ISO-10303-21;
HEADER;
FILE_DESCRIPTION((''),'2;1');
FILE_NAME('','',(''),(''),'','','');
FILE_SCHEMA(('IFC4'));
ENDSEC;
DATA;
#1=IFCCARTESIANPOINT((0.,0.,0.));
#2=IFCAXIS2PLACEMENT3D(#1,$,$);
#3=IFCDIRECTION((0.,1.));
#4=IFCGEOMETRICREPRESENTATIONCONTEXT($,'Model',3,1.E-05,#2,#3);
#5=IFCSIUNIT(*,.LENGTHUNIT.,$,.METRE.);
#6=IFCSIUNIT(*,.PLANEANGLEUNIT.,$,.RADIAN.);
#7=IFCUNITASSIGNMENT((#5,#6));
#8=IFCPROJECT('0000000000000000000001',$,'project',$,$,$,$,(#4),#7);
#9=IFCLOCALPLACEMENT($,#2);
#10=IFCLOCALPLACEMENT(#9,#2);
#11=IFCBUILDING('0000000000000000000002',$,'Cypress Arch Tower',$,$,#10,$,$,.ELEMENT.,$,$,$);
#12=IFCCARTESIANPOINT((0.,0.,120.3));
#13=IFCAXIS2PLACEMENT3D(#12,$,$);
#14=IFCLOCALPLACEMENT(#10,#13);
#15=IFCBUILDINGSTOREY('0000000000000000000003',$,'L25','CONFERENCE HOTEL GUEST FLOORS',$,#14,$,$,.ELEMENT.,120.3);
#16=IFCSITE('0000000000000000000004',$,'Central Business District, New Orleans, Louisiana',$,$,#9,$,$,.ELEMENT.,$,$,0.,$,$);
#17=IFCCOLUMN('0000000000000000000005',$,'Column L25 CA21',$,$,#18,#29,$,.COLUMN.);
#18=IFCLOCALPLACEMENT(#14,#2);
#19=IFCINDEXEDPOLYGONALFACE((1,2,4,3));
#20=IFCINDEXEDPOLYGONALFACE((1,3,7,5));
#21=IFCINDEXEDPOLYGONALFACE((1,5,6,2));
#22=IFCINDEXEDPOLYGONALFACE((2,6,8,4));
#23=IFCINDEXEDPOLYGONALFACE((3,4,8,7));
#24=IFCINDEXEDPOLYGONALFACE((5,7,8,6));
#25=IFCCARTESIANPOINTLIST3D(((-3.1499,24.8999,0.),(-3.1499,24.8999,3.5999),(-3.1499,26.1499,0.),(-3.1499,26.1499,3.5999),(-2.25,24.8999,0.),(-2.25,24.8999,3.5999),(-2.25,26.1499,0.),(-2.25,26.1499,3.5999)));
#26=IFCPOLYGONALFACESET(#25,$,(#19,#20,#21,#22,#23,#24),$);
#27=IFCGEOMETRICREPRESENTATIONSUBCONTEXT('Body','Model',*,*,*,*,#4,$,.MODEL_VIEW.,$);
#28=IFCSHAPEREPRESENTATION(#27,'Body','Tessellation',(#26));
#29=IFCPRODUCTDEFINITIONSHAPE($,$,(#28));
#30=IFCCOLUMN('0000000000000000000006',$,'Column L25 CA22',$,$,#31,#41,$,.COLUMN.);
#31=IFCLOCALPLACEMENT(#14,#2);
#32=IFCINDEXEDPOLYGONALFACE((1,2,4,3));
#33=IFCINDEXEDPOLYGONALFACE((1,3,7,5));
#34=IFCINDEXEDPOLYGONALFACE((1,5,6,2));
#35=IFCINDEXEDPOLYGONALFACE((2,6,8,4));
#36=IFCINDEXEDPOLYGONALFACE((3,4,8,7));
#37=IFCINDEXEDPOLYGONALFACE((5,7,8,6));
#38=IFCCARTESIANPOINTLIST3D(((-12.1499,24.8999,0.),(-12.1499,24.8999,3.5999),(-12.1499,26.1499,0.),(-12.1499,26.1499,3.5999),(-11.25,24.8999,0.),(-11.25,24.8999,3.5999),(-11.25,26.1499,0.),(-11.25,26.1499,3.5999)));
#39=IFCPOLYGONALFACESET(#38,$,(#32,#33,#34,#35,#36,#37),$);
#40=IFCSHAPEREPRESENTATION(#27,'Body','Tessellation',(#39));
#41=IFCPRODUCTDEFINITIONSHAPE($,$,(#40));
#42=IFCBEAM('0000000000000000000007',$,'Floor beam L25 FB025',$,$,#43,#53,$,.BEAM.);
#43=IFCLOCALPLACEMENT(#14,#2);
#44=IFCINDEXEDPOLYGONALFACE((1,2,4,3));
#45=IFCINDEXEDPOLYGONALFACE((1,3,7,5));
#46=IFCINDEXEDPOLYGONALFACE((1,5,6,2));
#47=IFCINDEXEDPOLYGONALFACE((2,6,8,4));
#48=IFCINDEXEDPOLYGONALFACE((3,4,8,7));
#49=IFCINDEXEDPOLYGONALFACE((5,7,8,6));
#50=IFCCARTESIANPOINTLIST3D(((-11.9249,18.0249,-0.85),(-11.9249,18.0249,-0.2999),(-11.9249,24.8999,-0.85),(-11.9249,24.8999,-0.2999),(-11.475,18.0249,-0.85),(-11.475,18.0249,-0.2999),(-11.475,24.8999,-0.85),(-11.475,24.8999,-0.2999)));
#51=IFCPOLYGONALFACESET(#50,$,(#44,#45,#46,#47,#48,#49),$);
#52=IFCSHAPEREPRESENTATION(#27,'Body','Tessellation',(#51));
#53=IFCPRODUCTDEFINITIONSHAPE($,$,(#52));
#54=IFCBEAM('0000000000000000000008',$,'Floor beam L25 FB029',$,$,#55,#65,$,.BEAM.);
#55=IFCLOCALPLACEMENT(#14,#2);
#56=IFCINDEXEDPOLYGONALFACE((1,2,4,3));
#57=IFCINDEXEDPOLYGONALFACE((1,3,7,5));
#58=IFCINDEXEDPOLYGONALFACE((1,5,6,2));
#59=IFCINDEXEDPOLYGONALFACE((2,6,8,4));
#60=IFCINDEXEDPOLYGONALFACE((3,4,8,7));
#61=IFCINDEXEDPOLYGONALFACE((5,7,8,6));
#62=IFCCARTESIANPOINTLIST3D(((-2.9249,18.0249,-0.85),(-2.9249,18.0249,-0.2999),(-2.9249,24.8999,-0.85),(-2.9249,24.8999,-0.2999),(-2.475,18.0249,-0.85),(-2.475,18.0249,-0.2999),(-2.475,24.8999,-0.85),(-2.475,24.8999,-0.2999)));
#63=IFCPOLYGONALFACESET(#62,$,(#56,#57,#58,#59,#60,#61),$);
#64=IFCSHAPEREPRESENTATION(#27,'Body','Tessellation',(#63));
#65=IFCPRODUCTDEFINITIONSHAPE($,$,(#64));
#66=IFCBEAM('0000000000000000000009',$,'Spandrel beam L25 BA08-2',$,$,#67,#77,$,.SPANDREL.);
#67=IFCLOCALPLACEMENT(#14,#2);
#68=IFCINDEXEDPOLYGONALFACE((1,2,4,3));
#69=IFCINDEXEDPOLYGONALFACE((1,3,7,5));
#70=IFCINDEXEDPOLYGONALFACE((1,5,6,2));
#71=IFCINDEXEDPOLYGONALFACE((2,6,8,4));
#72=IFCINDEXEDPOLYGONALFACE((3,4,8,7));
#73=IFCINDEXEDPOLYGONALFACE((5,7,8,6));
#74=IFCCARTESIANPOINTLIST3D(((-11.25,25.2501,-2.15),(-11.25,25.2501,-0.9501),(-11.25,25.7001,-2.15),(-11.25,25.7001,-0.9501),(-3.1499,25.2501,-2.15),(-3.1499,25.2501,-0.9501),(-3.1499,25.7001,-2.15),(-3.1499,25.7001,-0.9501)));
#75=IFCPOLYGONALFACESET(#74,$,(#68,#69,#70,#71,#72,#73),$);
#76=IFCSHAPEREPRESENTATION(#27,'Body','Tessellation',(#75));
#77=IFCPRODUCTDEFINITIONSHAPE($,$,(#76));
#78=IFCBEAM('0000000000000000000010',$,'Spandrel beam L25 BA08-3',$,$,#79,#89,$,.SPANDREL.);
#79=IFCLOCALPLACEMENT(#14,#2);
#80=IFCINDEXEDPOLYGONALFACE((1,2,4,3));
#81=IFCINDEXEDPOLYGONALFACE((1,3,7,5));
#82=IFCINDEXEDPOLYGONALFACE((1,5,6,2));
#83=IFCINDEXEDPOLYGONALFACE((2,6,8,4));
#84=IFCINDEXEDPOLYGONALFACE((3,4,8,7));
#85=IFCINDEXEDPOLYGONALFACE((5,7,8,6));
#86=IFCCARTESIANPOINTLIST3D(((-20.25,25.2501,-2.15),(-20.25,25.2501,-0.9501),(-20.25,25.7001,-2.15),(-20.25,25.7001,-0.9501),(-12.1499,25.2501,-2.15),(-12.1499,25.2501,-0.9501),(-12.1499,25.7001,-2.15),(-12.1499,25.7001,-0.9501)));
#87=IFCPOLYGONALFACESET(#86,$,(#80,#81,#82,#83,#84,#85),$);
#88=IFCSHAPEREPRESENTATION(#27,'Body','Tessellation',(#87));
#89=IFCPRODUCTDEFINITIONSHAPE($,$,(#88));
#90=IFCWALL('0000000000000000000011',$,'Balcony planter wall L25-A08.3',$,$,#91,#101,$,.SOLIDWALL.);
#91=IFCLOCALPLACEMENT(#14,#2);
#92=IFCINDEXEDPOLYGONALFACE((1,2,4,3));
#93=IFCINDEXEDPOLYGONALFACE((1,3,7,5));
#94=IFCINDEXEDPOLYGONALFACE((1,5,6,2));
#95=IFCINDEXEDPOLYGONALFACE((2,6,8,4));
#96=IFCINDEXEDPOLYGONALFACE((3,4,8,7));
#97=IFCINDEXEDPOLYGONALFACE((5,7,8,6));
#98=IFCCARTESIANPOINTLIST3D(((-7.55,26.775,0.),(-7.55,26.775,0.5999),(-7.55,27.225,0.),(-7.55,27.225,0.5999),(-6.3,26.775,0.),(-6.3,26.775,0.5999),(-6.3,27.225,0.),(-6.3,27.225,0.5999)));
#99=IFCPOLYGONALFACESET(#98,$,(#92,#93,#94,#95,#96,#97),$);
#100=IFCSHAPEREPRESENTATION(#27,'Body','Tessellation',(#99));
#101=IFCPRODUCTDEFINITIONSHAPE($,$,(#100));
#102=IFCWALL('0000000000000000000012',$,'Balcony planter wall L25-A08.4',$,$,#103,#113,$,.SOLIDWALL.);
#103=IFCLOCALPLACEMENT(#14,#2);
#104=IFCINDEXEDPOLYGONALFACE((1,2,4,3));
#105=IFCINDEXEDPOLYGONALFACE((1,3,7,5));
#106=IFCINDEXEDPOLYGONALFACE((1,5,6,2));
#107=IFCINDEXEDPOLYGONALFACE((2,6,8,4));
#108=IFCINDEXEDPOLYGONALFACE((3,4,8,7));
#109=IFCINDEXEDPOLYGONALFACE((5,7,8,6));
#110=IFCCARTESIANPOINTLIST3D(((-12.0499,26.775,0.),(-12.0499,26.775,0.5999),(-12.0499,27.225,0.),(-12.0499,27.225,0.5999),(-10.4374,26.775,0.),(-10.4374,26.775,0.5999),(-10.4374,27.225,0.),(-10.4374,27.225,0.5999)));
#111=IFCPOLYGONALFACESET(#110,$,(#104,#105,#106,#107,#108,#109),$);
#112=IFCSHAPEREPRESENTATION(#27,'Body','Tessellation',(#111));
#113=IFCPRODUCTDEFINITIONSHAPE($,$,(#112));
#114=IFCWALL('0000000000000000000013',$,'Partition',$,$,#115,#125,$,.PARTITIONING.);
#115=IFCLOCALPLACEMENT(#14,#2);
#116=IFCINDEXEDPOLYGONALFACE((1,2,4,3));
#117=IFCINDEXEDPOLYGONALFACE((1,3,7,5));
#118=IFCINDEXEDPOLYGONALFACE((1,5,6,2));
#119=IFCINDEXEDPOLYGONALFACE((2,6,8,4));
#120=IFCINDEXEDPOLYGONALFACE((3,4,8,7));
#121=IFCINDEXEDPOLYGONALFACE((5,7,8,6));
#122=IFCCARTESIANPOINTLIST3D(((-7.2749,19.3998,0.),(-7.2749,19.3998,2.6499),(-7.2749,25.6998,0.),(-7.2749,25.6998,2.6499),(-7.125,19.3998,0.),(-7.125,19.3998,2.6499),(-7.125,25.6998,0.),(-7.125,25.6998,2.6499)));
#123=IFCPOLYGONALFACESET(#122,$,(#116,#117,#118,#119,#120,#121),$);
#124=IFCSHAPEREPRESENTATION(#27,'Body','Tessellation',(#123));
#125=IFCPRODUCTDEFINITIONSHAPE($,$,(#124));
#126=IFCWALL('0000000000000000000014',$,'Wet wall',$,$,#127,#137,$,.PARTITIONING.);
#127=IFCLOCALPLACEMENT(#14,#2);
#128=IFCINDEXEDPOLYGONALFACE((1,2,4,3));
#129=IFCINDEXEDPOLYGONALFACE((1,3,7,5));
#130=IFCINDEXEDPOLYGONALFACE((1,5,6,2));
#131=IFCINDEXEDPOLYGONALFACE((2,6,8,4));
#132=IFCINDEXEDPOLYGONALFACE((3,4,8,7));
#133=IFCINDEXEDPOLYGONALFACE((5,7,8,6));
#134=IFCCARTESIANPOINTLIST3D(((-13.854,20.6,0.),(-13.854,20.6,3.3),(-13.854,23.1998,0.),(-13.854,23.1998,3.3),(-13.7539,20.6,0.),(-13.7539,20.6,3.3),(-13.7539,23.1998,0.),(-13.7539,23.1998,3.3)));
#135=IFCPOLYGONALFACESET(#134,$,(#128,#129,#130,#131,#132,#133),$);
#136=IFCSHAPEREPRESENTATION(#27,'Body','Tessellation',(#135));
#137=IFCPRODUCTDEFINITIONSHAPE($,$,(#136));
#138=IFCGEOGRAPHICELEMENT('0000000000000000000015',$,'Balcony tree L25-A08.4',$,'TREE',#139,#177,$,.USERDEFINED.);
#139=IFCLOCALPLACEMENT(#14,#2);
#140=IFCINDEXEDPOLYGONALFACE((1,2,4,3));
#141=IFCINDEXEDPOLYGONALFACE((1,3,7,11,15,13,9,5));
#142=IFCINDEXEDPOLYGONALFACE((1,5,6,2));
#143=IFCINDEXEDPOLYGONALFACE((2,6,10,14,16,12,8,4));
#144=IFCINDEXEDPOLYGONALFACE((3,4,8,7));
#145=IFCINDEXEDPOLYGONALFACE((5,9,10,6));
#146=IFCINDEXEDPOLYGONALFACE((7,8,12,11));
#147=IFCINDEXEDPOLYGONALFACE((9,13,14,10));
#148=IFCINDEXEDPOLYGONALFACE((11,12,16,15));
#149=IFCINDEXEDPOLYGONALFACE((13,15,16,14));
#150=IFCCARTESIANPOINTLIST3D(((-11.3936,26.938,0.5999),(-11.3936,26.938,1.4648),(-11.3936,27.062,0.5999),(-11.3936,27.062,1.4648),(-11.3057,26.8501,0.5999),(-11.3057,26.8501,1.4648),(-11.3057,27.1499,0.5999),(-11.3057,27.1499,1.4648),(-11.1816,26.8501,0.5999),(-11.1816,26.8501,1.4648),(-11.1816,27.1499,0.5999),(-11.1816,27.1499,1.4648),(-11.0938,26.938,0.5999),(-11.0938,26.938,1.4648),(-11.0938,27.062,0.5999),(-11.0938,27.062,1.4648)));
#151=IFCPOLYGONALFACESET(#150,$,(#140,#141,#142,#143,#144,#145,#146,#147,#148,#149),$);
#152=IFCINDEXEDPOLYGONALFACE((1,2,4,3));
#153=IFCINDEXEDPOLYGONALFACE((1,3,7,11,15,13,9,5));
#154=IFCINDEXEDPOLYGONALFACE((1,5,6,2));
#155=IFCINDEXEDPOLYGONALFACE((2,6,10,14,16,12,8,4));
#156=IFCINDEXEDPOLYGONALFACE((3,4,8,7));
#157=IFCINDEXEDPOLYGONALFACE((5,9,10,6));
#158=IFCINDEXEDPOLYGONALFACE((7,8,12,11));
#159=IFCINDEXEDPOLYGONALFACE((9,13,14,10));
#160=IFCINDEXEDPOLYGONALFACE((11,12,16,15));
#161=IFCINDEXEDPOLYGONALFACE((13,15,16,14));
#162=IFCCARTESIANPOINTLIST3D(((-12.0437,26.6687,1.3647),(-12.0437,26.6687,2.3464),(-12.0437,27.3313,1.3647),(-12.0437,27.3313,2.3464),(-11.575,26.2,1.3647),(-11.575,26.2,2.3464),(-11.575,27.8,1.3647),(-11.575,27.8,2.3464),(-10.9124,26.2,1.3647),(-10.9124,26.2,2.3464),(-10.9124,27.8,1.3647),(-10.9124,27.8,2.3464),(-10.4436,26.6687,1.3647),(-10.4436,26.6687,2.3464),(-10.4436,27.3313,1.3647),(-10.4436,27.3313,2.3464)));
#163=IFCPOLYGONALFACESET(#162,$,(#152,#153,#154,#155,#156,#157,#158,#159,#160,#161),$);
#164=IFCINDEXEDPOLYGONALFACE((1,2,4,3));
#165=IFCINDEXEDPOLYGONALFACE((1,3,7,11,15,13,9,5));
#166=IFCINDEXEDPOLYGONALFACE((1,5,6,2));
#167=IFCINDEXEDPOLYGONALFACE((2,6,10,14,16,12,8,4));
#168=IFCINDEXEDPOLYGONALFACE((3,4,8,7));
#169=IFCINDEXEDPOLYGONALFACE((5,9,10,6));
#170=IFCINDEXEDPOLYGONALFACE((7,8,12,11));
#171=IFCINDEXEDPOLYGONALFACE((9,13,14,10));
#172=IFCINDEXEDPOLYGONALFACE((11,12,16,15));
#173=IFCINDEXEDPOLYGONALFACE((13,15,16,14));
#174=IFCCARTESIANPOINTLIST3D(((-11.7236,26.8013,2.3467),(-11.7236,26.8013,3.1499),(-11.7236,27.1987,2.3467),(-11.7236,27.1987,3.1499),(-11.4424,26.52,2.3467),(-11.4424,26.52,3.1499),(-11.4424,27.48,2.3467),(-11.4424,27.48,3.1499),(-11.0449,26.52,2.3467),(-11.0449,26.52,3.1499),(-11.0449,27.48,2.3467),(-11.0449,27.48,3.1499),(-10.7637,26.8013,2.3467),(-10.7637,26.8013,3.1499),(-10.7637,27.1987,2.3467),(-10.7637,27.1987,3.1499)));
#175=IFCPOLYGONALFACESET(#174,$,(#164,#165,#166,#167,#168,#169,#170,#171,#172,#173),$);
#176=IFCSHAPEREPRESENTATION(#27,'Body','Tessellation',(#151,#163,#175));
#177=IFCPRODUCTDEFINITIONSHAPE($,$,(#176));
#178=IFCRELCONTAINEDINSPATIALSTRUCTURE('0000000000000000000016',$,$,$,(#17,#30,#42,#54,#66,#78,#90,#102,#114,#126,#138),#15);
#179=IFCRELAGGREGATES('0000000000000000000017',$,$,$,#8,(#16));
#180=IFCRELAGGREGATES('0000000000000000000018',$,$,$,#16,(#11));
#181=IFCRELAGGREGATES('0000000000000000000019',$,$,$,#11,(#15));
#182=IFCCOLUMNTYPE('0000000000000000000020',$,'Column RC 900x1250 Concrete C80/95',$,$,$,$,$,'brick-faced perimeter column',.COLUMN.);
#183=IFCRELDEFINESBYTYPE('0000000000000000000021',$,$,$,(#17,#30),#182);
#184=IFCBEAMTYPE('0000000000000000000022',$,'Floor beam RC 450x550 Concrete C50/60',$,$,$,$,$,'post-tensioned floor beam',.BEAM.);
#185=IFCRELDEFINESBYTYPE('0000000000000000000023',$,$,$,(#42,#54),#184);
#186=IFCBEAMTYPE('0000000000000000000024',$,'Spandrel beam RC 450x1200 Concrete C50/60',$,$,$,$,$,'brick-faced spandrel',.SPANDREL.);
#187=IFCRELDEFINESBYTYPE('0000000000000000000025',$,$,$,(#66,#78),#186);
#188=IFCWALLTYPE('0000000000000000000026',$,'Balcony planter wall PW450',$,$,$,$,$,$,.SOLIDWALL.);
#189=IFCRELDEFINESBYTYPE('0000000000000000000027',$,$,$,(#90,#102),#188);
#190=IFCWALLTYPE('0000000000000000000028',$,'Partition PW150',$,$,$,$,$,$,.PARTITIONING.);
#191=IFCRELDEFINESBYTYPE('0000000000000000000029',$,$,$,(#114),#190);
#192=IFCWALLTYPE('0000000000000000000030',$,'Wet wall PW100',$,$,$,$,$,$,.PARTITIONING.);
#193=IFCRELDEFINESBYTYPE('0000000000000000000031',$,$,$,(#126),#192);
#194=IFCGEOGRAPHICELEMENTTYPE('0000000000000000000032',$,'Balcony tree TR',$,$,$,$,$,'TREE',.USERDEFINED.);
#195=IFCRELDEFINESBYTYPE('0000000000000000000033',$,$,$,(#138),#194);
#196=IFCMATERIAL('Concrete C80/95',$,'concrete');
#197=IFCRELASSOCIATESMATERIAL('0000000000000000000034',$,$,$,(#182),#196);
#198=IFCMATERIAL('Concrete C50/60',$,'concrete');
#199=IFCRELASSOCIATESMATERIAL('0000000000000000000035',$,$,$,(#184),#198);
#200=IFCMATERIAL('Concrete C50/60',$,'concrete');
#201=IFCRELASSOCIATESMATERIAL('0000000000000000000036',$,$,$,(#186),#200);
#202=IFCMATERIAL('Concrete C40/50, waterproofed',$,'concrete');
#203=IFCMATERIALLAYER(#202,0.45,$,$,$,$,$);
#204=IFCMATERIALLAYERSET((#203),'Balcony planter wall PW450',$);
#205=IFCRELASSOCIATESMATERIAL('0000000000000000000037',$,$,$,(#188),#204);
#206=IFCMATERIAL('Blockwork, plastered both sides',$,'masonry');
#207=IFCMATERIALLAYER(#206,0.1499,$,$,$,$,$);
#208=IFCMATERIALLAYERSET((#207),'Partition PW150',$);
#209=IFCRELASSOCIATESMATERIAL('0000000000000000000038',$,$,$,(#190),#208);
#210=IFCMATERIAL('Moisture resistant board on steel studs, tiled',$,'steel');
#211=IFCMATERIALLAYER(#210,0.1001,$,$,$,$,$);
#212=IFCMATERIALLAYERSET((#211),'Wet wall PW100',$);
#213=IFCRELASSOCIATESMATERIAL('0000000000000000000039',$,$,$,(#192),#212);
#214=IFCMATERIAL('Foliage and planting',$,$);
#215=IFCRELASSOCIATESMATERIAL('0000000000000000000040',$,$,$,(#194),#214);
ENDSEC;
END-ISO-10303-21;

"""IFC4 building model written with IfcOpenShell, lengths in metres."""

from ifc_helpers import new_model, si_unit, direction, frame, frame_2d, origin, origin_2d, place, context, subcontext, project, spatial, polyline, rectangle, outline, extrude, material, layer, layer_set, material_profile, profile_set, type_object, element, save


model = new_model("IFC4")

# Units and contexts
model_context = context("Model", 3, precision=1e-05, world=origin(), true_north=direction((0.0, 1.0)))
body_context = subcontext(model_context, "Body", "Model", "MODEL_VIEW")
ifc_project = project(units=[si_unit("LENGTHUNIT", "METRE"), si_unit("PLANEANGLEUNIT", "RADIAN")], contexts=[model_context])

# Site, building, storey
site_placement = place(None, origin())
site = spatial("IfcSite", under=ifc_project, at=site_placement, Name="Central Business District, New Orleans, Louisiana", CompositionType="ELEMENT", RefElevation=0.0)
building_placement = place(site_placement, origin())
building = spatial("IfcBuilding", under=site, at=building_placement, Name="Cypress Arch Tower", CompositionType="ELEMENT")
storey_placement = place(building_placement, frame((0.0, 0.0, 120.3)))
storey = spatial("IfcBuildingStorey", under=building, at=storey_placement, Name="L25", Description="CONFERENCE HOTEL GUEST FLOORS", CompositionType="ELEMENT", Elevation=120.3)

# Columns
ifc_material_1 = material(Name="Concrete C80/95", Category="concrete")
ifc_material_profile_1 = material_profile(ifc_material_1, rectangle(XDim=0.8999, YDim=1.25, at=origin_2d()), Name="RC 900x1250")
ifc_profile_set_1 = profile_set([ifc_material_profile_1], Name="Concrete C80/95")
column_type = type_object("IfcColumnType", Name="Column RC 900x1250 Concrete C80/95", ElementType="brick-faced perimeter column", PredefinedType="COLUMN", material=ifc_profile_set_1)
for number, where, z_axis, x_axis, name in (
    (1, (-2.7, 25.5249, 0.0), (0.0, 0.0, 1.0), (-1.0, 0.0, 0.0), "Column L25 CA21"),
    (2, (-11.7, 25.5249, 0.0), (0.0, 0.0, 1.0), (-1.0, 0.0, 0.0), "Column L25 CA22"),
):
    element("IfcColumn", number, at=place(storey_placement, frame(where, z_axis=z_axis, x_axis=x_axis)), inside=storey, type_object=column_type, Name=name, PredefinedType="COLUMN", context=body_context, shape_type="SweptSolid", body=[
        extrude(rectangle(XDim=0.8999, YDim=1.25, at=origin_2d()), origin(), (0.0, 0.0, 1.0), 3.5999),
    ])

# Beams
ifc_material_2 = material(Name="Concrete C50/60", Category="concrete")
ifc_material_profile_2 = material_profile(ifc_material_2, rectangle(XDim=0.45, YDim=0.55, at=origin_2d()), Name="RC 450x550")
ifc_profile_set_2 = profile_set([ifc_material_profile_2], Name="Concrete C50/60")
beam_type_1 = type_object("IfcBeamType", Name="Floor beam RC 450x550 Concrete C50/60", ElementType="post-tensioned floor beam", PredefinedType="BEAM", material=ifc_profile_set_2)
for number, where, z_axis, x_axis, name in (
    (3, (-11.7, 18.0249, -0.575), (0.0, 1.0, 0.0), (-1.0, 0.0, 0.0), "Floor beam L25 FB025"),
    (4, (-2.7, 18.0249, -0.575), (0.0, 1.0, 0.0), (-1.0, 0.0, 0.0), "Floor beam L25 FB029"),
):
    element("IfcBeam", number, at=place(storey_placement, frame(where, z_axis=z_axis, x_axis=x_axis)), inside=storey, type_object=beam_type_1, Name=name, PredefinedType="BEAM", context=body_context, shape_type="SweptSolid", body=[
        extrude(rectangle(XDim=0.45, YDim=0.55, at=origin_2d()), origin(), (0.0, 0.0, 1.0), 6.875),
    ])
ifc_material_3 = material(Name="Concrete C50/60", Category="concrete")
ifc_material_profile_3 = material_profile(ifc_material_3, rectangle(XDim=0.45, YDim=1.2, at=origin_2d()), Name="RC 450x1200")
ifc_profile_set_3 = profile_set([ifc_material_profile_3], Name="Concrete C50/60")
beam_type_2 = type_object("IfcBeamType", Name="Spandrel beam RC 450x1200 Concrete C50/60", ElementType="brick-faced spandrel", PredefinedType="SPANDREL", material=ifc_profile_set_3)
for number, where, z_axis, x_axis, name in (
    (5, (-3.1499, 25.4751, -1.55), (-1.0, 0.0, 0.0), (0.0, -1.0, 0.0), "Spandrel beam L25 BA08-2"),
    (6, (-12.1499, 25.4751, -1.55), (-1.0, 0.0, 0.0), (0.0, -1.0, 0.0), "Spandrel beam L25 BA08-3"),
):
    element("IfcBeam", number, at=place(storey_placement, frame(where, z_axis=z_axis, x_axis=x_axis)), inside=storey, type_object=beam_type_2, Name=name, PredefinedType="SPANDREL", context=body_context, shape_type="SweptSolid", body=[
        extrude(rectangle(XDim=0.45, YDim=1.2, at=origin_2d()), origin(), (0.0, 0.0, 1.0), 8.1001),
    ])

# Walls
ifc_material_4 = material(Name="Concrete C40/50, waterproofed", Category="concrete")
ifc_layer_1 = layer(ifc_material_4, 0.45)
ifc_layer_set_1 = layer_set([ifc_layer_1], Name="Balcony planter wall PW450")
wall_type_1 = type_object("IfcWallType", Name="Balcony planter wall PW450", PredefinedType="SOLIDWALL", material=ifc_layer_set_1)
wall_1_placement = place(storey_placement, frame((-6.3, 27.0, 0.0), z_axis=(0.0, 0.0, 1.0), x_axis=(-1.0, 0.0, 0.0)))
element("IfcWall", 7, at=wall_1_placement, inside=storey, type_object=wall_type_1, Name="Balcony planter wall L25-A08.3", PredefinedType="SOLIDWALL", context=body_context, shape_type="SweptSolid", body=[
    extrude(rectangle(XDim=1.25, YDim=0.45, at=frame_2d((0.625, 0.0))), origin(), (0.0, 0.0, 1.0), 0.5999),
])
wall_2_placement = place(storey_placement, frame((-10.4375, 27.0, 0.0), z_axis=(0.0, 0.0, 1.0), x_axis=(-1.0, 0.0, 0.0)))
element("IfcWall", 8, at=wall_2_placement, inside=storey, type_object=wall_type_1, Name="Balcony planter wall L25-A08.4", PredefinedType="SOLIDWALL", context=body_context, shape_type="SweptSolid", body=[
    extrude(rectangle(XDim=1.6125, YDim=0.45, at=frame_2d((0.8062, 0.0))), origin(), (0.0, 0.0, 1.0), 0.5999),
])

# Walls
ifc_material_5 = material(Name="Blockwork, plastered both sides", Category="masonry")
ifc_layer_2 = layer(ifc_material_5, 0.1499)
ifc_layer_set_2 = layer_set([ifc_layer_2], Name="Partition PW150")
wall_type_2 = type_object("IfcWallType", Name="Partition PW150", PredefinedType="PARTITIONING", material=ifc_layer_set_2)
wall_3_placement = place(storey_placement, frame((-7.2, 19.3999, 0.0), z_axis=(0.0, 0.0, 1.0), x_axis=(0.0, 1.0, 0.0)))
element("IfcWall", 9, at=wall_3_placement, inside=storey, type_object=wall_type_2, Name="Partition", PredefinedType="PARTITIONING", context=body_context, shape_type="SweptSolid", body=[
    extrude(rectangle(XDim=6.3, YDim=0.1499, at=frame_2d((3.1499, 0.0))), origin(), (0.0, 0.0, 1.0), 2.6499),
])
ifc_material_6 = material(Name="Moisture resistant board on steel studs, tiled", Category="steel")
ifc_layer_3 = layer(ifc_material_6, 0.1001)
ifc_layer_set_3 = layer_set([ifc_layer_3], Name="Wet wall PW100")
wall_type_3 = type_object("IfcWallType", Name="Wet wall PW100", PredefinedType="PARTITIONING", material=ifc_layer_set_3)
wall_4_placement = place(storey_placement, frame((-13.804, 20.6001, 0.0), z_axis=(0.0, 0.0, 1.0), x_axis=(0.0, 1.0, 0.0)))
element("IfcWall", 10, at=wall_4_placement, inside=storey, type_object=wall_type_3, Name="Wet wall", PredefinedType="PARTITIONING", context=body_context, shape_type="SweptSolid", body=[
    extrude(rectangle(XDim=2.5999, YDim=0.1001, at=frame_2d((1.2998, 0.0))), origin(), (0.0, 0.0, 1.0), 3.3),
])

# Geographic element
ifc_material_7 = material(Name="Foliage and planting")
geographic_element_type = type_object("IfcGeographicElementType", Name="Balcony tree TR", ElementType="TREE", PredefinedType="USERDEFINED", material=ifc_material_7)
geographic_element_placement = place(storey_placement, frame((-11.2437, 27.0, 0.5999), z_axis=(0.0, 0.0, 1.0), x_axis=(1.0, 0.0, 0.0)))
element("IfcGeographicElement", 11, at=geographic_element_placement, inside=storey, type_object=geographic_element_type, Name="Balcony tree L25-A08.4", ObjectType="TREE", PredefinedType="USERDEFINED", context=body_context, shape_type="SweptSolid", body=[
    extrude(outline(polyline([(0.1499, 0.062), (0.062, 0.1499), (-0.062, 0.1499), (-0.1499, 0.062), (-0.1499, -0.062), (-0.062, -0.1499), (0.062, -0.1499), (0.1499, -0.062), (0.1499, 0.062)])), origin(), (0.0, 0.0, 1.0), 0.865),
    extrude(outline(polyline([(0.8, 0.3313), (0.3313, 0.8), (-0.3313, 0.8), (-0.8, 0.3313), (-0.8, -0.3313), (-0.3313, -0.8), (0.3313, -0.8), (0.8, -0.3313), (0.8, 0.3313)])), frame((0.0, 0.0, 0.7649)), (0.0, 0.0, 1.0), 0.9817),
    extrude(outline(polyline([(0.48, 0.1987), (0.1987, 0.48), (-0.1987, 0.48), (-0.48, 0.1987), (-0.48, -0.1987), (-0.1987, -0.48), (0.1987, -0.48), (0.48, -0.1987), (0.48, 0.1987)])), frame((0.0, 0.0, 1.7468)), (0.0, 0.0, 1.0), 0.8032),
])

save(model, "model.ifc")
